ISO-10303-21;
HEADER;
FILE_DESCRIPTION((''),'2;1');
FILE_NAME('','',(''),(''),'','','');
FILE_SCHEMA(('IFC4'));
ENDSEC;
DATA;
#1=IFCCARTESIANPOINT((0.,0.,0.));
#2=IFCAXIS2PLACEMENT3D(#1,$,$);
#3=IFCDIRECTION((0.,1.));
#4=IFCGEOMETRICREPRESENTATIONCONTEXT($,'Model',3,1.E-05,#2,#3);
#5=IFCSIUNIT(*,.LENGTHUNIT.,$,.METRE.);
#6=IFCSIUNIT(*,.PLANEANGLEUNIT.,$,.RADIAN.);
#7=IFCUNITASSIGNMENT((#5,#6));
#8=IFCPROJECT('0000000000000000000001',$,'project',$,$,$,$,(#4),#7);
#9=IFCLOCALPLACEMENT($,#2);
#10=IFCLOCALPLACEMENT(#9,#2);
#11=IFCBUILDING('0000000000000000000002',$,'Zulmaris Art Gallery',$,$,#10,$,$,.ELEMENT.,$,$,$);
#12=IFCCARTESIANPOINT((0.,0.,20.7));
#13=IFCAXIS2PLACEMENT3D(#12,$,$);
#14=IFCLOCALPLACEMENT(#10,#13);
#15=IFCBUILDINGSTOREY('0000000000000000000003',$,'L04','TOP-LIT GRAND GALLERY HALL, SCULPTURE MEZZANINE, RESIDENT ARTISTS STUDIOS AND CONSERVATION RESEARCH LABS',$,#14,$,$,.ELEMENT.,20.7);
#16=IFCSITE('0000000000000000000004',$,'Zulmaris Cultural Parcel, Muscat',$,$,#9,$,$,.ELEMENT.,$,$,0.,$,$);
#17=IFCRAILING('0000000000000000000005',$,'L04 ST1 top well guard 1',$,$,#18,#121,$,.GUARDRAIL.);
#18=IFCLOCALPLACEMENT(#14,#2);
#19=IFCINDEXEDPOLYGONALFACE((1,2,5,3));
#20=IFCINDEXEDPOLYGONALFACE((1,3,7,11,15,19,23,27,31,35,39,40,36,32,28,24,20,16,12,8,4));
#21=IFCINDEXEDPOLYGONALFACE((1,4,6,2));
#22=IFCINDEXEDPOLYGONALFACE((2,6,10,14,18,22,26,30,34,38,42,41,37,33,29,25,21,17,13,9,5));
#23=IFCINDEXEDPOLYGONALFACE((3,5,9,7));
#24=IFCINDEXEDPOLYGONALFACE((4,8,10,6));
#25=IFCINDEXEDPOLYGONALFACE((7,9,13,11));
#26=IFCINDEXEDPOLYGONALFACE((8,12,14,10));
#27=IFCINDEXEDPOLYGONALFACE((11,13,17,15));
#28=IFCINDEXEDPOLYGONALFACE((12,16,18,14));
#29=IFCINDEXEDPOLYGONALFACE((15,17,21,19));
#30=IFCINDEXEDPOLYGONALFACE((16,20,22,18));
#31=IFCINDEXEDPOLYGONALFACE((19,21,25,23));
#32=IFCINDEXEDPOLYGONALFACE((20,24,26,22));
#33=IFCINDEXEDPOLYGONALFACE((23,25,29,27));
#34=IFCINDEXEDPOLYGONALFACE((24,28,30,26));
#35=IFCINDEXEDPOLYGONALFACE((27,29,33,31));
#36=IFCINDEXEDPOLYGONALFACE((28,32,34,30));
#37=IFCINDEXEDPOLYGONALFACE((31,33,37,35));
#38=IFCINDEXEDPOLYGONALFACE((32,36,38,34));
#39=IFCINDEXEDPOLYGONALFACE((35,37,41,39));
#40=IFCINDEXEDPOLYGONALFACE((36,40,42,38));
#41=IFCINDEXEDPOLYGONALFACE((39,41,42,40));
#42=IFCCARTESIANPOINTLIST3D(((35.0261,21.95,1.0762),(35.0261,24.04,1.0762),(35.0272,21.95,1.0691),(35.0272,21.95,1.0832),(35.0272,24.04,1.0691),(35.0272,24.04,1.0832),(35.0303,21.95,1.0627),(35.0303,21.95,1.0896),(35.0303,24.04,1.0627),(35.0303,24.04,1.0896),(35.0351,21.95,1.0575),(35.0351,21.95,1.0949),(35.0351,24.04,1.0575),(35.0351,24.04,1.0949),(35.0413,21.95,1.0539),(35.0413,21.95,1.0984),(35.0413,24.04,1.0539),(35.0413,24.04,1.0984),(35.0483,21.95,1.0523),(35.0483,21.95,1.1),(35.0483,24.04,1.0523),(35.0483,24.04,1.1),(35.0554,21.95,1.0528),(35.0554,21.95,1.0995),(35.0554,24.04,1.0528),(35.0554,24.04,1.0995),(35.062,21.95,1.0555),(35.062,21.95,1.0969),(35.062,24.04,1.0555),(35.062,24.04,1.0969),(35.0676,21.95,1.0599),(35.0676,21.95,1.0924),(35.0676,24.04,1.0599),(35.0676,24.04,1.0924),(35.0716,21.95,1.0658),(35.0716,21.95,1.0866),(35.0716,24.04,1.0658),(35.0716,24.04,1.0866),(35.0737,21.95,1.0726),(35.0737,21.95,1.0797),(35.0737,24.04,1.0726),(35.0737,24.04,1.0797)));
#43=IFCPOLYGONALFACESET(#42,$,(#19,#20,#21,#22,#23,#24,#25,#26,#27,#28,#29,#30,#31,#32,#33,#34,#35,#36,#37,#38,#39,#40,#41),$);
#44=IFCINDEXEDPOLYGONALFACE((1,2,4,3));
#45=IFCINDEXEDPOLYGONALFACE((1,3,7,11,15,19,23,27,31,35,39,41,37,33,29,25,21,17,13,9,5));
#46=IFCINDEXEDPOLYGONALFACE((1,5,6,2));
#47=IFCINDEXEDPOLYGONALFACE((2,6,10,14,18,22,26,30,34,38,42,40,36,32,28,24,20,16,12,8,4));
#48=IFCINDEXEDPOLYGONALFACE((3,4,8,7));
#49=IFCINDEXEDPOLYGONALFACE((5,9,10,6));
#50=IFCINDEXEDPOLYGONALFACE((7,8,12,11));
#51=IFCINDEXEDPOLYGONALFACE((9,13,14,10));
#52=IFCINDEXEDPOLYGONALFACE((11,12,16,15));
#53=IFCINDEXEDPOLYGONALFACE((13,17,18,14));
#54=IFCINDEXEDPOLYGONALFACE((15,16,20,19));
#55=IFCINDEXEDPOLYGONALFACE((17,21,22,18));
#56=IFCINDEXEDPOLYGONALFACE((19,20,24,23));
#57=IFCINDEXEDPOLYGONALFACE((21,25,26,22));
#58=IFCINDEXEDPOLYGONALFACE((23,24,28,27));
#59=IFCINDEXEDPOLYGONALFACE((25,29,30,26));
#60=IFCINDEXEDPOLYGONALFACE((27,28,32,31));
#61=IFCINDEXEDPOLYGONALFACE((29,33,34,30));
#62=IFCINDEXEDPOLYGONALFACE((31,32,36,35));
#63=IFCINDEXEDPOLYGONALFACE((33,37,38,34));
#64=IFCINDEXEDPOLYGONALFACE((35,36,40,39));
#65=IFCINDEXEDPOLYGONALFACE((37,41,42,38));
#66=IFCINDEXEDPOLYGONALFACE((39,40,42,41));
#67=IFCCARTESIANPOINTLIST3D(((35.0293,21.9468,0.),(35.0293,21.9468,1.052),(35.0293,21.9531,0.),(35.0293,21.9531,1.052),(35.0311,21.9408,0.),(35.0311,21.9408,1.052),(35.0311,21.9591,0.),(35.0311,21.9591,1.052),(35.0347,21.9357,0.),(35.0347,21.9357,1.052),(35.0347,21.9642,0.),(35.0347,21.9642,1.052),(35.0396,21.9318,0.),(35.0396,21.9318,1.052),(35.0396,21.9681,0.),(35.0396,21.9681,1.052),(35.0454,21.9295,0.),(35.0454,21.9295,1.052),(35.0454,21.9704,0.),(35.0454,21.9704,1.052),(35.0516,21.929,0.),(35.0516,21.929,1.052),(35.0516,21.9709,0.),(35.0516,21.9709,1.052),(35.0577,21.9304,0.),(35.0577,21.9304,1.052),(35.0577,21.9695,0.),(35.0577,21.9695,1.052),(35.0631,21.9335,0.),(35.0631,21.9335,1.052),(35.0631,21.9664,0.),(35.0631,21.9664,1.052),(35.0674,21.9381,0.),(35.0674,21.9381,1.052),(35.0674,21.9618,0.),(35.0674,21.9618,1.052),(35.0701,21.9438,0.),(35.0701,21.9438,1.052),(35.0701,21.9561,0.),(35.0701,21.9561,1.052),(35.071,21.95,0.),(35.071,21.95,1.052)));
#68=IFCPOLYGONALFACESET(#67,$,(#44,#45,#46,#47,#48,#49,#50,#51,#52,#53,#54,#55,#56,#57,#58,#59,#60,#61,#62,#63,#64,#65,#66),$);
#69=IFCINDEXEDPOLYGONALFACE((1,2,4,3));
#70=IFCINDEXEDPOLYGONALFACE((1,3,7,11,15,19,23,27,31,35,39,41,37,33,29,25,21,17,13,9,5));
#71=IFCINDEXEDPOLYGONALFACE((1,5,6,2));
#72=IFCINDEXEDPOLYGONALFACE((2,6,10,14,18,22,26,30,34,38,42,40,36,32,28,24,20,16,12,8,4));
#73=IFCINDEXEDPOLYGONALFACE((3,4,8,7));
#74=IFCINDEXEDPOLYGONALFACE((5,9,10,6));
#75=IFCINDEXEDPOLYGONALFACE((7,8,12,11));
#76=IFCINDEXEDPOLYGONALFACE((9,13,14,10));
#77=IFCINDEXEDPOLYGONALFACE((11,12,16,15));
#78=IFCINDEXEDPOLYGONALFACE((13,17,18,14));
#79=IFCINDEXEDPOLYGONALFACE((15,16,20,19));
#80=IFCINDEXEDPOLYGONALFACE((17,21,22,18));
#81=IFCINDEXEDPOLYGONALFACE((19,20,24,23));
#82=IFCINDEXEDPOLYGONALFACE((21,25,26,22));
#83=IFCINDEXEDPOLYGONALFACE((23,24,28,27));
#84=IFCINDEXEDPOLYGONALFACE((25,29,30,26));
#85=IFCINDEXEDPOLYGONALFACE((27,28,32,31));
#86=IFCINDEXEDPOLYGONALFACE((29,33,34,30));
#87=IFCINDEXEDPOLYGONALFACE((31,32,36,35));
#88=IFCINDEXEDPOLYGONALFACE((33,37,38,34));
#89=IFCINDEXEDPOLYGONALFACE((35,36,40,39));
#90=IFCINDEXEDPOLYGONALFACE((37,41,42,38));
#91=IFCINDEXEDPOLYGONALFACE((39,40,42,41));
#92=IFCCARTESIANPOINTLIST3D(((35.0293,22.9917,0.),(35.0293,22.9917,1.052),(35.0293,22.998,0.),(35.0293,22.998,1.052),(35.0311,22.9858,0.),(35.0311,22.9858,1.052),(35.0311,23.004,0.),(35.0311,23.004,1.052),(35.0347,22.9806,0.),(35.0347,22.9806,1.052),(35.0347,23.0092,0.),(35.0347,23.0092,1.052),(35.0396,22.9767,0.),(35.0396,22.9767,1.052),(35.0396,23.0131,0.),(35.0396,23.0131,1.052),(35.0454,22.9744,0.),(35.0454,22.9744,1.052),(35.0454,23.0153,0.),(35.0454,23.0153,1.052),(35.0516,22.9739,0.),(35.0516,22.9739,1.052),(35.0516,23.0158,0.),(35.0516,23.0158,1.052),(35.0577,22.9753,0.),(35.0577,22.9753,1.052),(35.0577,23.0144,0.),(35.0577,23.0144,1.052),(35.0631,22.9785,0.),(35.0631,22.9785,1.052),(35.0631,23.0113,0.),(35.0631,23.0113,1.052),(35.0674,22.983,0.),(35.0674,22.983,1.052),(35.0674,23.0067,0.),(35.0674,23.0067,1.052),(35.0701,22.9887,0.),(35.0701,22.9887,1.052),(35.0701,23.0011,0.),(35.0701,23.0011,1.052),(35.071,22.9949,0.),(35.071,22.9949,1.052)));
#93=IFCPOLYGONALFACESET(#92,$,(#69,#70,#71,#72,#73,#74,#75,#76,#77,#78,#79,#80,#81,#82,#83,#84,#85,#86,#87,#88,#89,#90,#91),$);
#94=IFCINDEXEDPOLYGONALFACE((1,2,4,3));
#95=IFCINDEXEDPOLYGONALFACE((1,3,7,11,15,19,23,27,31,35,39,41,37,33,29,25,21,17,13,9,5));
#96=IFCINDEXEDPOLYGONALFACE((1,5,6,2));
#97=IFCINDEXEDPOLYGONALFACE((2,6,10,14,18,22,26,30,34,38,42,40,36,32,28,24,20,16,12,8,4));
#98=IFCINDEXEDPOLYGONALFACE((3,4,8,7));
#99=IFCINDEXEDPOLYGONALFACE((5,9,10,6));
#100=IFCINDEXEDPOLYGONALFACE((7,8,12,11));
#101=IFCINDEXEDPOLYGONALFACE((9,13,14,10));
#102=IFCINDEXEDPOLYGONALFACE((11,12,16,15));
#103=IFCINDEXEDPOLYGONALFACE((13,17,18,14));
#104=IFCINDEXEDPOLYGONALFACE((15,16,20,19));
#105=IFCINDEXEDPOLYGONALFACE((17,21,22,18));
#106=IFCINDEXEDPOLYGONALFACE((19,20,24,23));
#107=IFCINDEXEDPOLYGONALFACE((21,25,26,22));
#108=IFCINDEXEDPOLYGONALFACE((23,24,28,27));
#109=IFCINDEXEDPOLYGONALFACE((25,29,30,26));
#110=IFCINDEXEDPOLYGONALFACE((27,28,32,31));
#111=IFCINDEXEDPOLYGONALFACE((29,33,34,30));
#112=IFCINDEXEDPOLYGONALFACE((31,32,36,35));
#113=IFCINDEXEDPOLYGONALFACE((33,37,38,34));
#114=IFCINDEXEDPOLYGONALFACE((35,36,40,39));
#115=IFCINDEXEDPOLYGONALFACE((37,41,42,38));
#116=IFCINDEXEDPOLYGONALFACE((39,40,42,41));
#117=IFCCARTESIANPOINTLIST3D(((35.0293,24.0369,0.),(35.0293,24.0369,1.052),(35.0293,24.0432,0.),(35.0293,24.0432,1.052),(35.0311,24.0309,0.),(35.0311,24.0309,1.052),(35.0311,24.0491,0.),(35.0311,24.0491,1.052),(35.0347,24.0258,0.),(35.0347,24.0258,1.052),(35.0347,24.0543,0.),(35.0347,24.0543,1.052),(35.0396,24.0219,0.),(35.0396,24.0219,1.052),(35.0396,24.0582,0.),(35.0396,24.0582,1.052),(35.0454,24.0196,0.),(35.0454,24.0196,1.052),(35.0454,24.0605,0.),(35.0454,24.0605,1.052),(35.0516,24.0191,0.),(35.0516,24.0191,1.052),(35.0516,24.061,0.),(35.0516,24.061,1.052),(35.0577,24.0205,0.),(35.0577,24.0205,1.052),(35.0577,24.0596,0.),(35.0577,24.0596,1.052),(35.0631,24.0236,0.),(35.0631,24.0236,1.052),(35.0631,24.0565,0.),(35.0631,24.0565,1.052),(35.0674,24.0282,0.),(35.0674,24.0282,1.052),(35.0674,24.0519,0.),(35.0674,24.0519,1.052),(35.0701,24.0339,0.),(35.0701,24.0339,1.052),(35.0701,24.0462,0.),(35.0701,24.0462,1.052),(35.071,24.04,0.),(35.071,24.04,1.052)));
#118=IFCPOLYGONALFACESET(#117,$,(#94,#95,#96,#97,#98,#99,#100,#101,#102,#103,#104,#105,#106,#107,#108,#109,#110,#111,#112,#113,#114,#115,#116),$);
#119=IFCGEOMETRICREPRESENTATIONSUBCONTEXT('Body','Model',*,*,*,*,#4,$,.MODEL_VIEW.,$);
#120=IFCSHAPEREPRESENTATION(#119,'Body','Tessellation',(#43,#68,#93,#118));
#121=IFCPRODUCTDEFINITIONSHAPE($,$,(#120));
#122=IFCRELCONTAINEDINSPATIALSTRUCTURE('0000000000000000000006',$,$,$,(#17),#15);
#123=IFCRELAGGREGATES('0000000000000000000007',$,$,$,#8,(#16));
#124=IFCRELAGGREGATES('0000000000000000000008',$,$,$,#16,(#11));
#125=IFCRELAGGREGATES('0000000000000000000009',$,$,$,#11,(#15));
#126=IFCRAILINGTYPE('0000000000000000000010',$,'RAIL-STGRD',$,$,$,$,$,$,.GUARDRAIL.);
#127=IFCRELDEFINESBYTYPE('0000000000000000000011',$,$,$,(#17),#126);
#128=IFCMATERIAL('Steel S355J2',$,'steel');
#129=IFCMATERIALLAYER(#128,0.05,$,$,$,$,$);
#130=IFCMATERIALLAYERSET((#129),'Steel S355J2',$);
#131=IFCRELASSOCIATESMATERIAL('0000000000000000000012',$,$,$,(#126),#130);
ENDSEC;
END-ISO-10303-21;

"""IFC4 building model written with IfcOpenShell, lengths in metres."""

from ifc_helpers import new_model, si_unit, direction, frame, origin, origin_2d, place, context, subcontext, project, spatial, circle, extrude, material, layer, layer_set, type_object, element, save


model = new_model("IFC4")

# Units and contexts
model_context = context("Model", 3, precision=1e-05, world=origin(), true_north=direction((0.0, 1.0)))
body_context = subcontext(model_context, "Body", "Model", "MODEL_VIEW")
ifc_project = project(units=[si_unit("LENGTHUNIT", "METRE"), si_unit("PLANEANGLEUNIT", "RADIAN")], contexts=[model_context])

# Site, building, storey
site_placement = place(None, origin())
site = spatial("IfcSite", under=ifc_project, at=site_placement, Name="Zulmaris Cultural Parcel, Muscat", CompositionType="ELEMENT", RefElevation=0.0)
building_placement = place(site_placement, origin())
building = spatial("IfcBuilding", under=site, at=building_placement, Name="Zulmaris Art Gallery", CompositionType="ELEMENT")
storey_placement = place(building_placement, frame((0.0, 0.0, 20.7)))
storey = spatial("IfcBuildingStorey", under=building, at=storey_placement, Name="L04", Description="TOP-LIT GRAND GALLERY HALL, SCULPTURE MEZZANINE, RESIDENT ARTISTS STUDIOS AND CONSERVATION RESEARCH LABS", CompositionType="ELEMENT", Elevation=20.7)

# Shared definitions
ifc_material_1 = material(Name="Steel S355J2", Category="steel")

# Railing
ifc_layer_1 = layer(ifc_material_1, 0.05)
ifc_layer_set_1 = layer_set([ifc_layer_1], Name="Steel S355J2")
railing_type = type_object("IfcRailingType", Name="RAIL-STGRD", PredefinedType="GUARDRAIL", material=ifc_layer_set_1)
railing_placement = place(storey_placement, frame((35.05, 21.95, 0.0)))
element("IfcRailing", 1, at=railing_placement, inside=storey, type_object=railing_type, Name="L04 ST1 top well guard 1", PredefinedType="GUARDRAIL", context=body_context, shape_type="SweptSolid", body=[
    extrude(circle(Radius=0.0239, at=origin_2d()), frame((0.0, 0.0, 1.0762), z_axis=(0.0, 1.0, 0.0), x_axis=(-1.0, 0.0, 0.0)), (0.0, 0.0, 1.0), 2.0901),
    extrude(circle(Radius=0.021, at=origin_2d()), origin(), (0.0, 0.0, 1.0), 1.052),
    extrude(circle(Radius=0.021, at=origin_2d()), frame((0.0, 1.0449, 0.0)), (0.0, 0.0, 1.0), 1.052),
    extrude(circle(Radius=0.021, at=origin_2d()), frame((0.0, 2.0901, 0.0)), (0.0, 0.0, 1.0), 1.052),
])

save(model, "model.ifc")
